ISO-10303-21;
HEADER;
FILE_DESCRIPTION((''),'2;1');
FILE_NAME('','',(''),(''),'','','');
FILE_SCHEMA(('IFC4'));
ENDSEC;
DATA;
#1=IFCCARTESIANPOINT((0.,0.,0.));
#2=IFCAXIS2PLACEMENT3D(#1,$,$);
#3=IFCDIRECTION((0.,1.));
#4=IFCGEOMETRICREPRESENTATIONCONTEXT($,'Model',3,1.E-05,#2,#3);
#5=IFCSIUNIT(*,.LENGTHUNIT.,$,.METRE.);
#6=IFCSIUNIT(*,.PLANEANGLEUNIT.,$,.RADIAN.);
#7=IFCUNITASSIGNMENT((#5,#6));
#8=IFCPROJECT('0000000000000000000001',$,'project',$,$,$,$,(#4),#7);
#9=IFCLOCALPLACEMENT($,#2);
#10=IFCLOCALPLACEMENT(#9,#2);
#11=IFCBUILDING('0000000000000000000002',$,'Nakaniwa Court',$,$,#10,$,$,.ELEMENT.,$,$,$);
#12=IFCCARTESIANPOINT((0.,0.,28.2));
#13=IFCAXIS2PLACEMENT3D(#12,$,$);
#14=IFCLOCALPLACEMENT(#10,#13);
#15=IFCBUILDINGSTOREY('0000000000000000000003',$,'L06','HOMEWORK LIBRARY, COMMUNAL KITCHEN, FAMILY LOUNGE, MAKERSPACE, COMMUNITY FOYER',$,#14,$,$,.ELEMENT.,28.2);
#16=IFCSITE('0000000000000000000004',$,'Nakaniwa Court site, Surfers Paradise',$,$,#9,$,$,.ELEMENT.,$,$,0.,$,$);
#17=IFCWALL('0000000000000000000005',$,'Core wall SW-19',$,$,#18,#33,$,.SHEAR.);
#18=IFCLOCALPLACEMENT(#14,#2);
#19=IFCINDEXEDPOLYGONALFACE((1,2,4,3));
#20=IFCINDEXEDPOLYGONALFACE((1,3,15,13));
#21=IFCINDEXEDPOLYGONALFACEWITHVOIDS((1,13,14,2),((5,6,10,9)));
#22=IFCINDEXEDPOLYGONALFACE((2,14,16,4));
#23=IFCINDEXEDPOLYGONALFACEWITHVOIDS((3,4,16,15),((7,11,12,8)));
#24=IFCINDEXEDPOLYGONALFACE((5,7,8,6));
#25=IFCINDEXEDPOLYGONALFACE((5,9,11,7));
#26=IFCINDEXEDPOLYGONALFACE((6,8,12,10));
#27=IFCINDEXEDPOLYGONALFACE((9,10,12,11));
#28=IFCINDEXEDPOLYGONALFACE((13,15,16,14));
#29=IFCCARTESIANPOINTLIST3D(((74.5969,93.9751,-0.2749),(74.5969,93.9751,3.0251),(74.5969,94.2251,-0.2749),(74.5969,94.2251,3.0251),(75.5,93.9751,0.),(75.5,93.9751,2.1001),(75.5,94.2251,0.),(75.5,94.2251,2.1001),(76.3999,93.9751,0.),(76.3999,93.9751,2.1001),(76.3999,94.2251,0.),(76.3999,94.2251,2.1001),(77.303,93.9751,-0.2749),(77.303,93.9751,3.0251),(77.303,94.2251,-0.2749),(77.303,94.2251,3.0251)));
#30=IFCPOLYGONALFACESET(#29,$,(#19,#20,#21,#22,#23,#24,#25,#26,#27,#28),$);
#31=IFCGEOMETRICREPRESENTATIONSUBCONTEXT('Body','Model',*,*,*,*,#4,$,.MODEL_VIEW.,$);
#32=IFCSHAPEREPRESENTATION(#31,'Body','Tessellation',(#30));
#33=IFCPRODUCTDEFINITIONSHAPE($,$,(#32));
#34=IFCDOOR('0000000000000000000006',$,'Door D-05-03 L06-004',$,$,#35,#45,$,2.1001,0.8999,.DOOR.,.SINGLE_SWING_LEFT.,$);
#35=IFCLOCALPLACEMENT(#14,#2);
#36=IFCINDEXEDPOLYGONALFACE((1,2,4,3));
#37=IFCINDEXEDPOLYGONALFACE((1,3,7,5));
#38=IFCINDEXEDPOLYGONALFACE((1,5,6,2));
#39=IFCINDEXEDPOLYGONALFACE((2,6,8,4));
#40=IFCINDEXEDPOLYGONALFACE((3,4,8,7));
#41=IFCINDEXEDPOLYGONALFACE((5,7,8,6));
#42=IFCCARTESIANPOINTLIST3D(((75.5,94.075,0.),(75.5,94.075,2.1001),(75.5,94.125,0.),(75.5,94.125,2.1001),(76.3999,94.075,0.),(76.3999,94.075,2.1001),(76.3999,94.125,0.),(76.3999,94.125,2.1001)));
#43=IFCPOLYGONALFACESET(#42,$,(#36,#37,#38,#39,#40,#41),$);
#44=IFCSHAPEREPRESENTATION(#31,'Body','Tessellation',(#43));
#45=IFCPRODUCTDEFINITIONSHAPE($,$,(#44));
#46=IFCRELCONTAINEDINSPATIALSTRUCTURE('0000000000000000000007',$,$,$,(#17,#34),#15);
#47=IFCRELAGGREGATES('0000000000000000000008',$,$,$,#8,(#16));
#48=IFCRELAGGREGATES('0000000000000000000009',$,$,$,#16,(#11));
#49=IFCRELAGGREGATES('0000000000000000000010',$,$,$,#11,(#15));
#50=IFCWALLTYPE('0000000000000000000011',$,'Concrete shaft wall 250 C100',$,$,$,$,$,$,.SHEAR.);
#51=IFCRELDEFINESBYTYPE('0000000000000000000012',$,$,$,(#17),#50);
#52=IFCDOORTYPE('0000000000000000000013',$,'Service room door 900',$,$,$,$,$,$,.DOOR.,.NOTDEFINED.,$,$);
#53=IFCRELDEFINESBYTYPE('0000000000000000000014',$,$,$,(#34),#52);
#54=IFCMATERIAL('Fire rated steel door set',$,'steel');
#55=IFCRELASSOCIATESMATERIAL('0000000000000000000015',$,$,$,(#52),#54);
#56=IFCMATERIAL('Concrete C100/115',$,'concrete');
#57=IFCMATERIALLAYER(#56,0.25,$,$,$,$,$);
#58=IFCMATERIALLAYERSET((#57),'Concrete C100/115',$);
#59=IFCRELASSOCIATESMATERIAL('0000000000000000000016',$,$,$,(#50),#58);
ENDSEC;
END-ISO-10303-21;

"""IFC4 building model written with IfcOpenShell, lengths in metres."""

from ifc_helpers import new_model, si_unit, direction, frame, frame_2d, origin, place, context, subcontext, project, spatial, rectangle, extrude, material, layer, layer_set, type_object, element, fill, save


model = new_model("IFC4")

# Units and contexts
model_context = context("Model", 3, precision=1e-05, world=origin(), true_north=direction((0.0, 1.0)))
body_context = subcontext(model_context, "Body", "Model", "MODEL_VIEW")
ifc_project = project(units=[si_unit("LENGTHUNIT", "METRE"), si_unit("PLANEANGLEUNIT", "RADIAN")], contexts=[model_context])

# Site, building, storey
site_placement = place(None, origin())
site = spatial("IfcSite", under=ifc_project, at=site_placement, Name="Nakaniwa Court site, Surfers Paradise", CompositionType="ELEMENT", RefElevation=0.0)
building_placement = place(site_placement, origin())
building = spatial("IfcBuilding", under=site, at=building_placement, Name="Nakaniwa Court", CompositionType="ELEMENT")
storey_placement = place(building_placement, frame((0.0, 0.0, 28.2)))
storey = spatial("IfcBuildingStorey", under=building, at=storey_placement, Name="L06", Description="HOMEWORK LIBRARY, COMMUNAL KITCHEN, FAMILY LOUNGE, MAKERSPACE, COMMUNITY FOYER", CompositionType="ELEMENT", Elevation=28.2)

# Shared definitions
ifc_material_1 = material(Name="Concrete C100/115", Category="concrete")

# Shared definitions
ifc_material_2 = material(Name="Fire rated steel door set", Category="steel")
door_type_1 = type_object("IfcDoorType", Name="Service room door 900", OperationType="NOTDEFINED", PredefinedType="DOOR", material=ifc_material_2)

# Shared definitions
ifc_layer_1 = layer(ifc_material_1, 0.25)
ifc_layer_set_1 = layer_set([ifc_layer_1], Name="Concrete C100/115")
wall_type_1 = type_object("IfcWallType", Name="Concrete shaft wall 250 C100", PredefinedType="SHEAR", material=ifc_layer_set_1)

# Wall, opening, door
wall_1_placement = place(storey_placement, frame((74.5969, 94.1001, -0.2749), z_axis=(0.0, 0.0, 1.0), x_axis=(1.0, 0.0, 0.0)))
wall_1 = element("IfcWall", 1, at=wall_1_placement, inside=storey, type_object=wall_type_1, Name="Core wall SW-19", PredefinedType="SHEAR", context=body_context, shape_type="SweptSolid", body=[
    extrude(rectangle(XDim=2.7061, YDim=0.25, at=frame_2d((1.353, 0.0))), origin(), (0.0, 0.0, 1.0), 3.3),
])
opening_1_placement = place(wall_1_placement, frame((0.9031, 0.0, 0.2749)))
opening_1 = element("IfcOpeningElement", 2, at=opening_1_placement, cuts=wall_1, PredefinedType="OPENING", context=body_context, shape_type="SweptSolid", body=[
    extrude(rectangle(XDim=0.8999, YDim=2.1001, at=frame_2d((0.45, 1.05))), frame((0.0, 0.135, 0.0), z_axis=(0.0, -1.0, 0.0), x_axis=(1.0, 0.0, 0.0)), (0.0, 0.0, 1.0), 0.27),
])
door_1_placement = place(opening_1_placement, origin())
door_1 = element("IfcDoor", 3, at=door_1_placement, inside=storey, type_object=door_type_1, Name="Door D-05-03 L06-004", OperationType="SINGLE_SWING_LEFT", OverallHeight=2.1001, OverallWidth=0.8999, PredefinedType="DOOR", context=body_context, shape_type="SweptSolid", body=[
    extrude(rectangle(XDim=0.8999, YDim=2.1001, at=frame_2d((0.45, 1.05))), frame((0.0, 0.0249, 0.0), z_axis=(0.0, -1.0, 0.0), x_axis=(1.0, 0.0, 0.0)), (0.0, 0.0, 1.0), 0.05),
])
fill(opening_1, door_1)

save(model, "model.ifc")
